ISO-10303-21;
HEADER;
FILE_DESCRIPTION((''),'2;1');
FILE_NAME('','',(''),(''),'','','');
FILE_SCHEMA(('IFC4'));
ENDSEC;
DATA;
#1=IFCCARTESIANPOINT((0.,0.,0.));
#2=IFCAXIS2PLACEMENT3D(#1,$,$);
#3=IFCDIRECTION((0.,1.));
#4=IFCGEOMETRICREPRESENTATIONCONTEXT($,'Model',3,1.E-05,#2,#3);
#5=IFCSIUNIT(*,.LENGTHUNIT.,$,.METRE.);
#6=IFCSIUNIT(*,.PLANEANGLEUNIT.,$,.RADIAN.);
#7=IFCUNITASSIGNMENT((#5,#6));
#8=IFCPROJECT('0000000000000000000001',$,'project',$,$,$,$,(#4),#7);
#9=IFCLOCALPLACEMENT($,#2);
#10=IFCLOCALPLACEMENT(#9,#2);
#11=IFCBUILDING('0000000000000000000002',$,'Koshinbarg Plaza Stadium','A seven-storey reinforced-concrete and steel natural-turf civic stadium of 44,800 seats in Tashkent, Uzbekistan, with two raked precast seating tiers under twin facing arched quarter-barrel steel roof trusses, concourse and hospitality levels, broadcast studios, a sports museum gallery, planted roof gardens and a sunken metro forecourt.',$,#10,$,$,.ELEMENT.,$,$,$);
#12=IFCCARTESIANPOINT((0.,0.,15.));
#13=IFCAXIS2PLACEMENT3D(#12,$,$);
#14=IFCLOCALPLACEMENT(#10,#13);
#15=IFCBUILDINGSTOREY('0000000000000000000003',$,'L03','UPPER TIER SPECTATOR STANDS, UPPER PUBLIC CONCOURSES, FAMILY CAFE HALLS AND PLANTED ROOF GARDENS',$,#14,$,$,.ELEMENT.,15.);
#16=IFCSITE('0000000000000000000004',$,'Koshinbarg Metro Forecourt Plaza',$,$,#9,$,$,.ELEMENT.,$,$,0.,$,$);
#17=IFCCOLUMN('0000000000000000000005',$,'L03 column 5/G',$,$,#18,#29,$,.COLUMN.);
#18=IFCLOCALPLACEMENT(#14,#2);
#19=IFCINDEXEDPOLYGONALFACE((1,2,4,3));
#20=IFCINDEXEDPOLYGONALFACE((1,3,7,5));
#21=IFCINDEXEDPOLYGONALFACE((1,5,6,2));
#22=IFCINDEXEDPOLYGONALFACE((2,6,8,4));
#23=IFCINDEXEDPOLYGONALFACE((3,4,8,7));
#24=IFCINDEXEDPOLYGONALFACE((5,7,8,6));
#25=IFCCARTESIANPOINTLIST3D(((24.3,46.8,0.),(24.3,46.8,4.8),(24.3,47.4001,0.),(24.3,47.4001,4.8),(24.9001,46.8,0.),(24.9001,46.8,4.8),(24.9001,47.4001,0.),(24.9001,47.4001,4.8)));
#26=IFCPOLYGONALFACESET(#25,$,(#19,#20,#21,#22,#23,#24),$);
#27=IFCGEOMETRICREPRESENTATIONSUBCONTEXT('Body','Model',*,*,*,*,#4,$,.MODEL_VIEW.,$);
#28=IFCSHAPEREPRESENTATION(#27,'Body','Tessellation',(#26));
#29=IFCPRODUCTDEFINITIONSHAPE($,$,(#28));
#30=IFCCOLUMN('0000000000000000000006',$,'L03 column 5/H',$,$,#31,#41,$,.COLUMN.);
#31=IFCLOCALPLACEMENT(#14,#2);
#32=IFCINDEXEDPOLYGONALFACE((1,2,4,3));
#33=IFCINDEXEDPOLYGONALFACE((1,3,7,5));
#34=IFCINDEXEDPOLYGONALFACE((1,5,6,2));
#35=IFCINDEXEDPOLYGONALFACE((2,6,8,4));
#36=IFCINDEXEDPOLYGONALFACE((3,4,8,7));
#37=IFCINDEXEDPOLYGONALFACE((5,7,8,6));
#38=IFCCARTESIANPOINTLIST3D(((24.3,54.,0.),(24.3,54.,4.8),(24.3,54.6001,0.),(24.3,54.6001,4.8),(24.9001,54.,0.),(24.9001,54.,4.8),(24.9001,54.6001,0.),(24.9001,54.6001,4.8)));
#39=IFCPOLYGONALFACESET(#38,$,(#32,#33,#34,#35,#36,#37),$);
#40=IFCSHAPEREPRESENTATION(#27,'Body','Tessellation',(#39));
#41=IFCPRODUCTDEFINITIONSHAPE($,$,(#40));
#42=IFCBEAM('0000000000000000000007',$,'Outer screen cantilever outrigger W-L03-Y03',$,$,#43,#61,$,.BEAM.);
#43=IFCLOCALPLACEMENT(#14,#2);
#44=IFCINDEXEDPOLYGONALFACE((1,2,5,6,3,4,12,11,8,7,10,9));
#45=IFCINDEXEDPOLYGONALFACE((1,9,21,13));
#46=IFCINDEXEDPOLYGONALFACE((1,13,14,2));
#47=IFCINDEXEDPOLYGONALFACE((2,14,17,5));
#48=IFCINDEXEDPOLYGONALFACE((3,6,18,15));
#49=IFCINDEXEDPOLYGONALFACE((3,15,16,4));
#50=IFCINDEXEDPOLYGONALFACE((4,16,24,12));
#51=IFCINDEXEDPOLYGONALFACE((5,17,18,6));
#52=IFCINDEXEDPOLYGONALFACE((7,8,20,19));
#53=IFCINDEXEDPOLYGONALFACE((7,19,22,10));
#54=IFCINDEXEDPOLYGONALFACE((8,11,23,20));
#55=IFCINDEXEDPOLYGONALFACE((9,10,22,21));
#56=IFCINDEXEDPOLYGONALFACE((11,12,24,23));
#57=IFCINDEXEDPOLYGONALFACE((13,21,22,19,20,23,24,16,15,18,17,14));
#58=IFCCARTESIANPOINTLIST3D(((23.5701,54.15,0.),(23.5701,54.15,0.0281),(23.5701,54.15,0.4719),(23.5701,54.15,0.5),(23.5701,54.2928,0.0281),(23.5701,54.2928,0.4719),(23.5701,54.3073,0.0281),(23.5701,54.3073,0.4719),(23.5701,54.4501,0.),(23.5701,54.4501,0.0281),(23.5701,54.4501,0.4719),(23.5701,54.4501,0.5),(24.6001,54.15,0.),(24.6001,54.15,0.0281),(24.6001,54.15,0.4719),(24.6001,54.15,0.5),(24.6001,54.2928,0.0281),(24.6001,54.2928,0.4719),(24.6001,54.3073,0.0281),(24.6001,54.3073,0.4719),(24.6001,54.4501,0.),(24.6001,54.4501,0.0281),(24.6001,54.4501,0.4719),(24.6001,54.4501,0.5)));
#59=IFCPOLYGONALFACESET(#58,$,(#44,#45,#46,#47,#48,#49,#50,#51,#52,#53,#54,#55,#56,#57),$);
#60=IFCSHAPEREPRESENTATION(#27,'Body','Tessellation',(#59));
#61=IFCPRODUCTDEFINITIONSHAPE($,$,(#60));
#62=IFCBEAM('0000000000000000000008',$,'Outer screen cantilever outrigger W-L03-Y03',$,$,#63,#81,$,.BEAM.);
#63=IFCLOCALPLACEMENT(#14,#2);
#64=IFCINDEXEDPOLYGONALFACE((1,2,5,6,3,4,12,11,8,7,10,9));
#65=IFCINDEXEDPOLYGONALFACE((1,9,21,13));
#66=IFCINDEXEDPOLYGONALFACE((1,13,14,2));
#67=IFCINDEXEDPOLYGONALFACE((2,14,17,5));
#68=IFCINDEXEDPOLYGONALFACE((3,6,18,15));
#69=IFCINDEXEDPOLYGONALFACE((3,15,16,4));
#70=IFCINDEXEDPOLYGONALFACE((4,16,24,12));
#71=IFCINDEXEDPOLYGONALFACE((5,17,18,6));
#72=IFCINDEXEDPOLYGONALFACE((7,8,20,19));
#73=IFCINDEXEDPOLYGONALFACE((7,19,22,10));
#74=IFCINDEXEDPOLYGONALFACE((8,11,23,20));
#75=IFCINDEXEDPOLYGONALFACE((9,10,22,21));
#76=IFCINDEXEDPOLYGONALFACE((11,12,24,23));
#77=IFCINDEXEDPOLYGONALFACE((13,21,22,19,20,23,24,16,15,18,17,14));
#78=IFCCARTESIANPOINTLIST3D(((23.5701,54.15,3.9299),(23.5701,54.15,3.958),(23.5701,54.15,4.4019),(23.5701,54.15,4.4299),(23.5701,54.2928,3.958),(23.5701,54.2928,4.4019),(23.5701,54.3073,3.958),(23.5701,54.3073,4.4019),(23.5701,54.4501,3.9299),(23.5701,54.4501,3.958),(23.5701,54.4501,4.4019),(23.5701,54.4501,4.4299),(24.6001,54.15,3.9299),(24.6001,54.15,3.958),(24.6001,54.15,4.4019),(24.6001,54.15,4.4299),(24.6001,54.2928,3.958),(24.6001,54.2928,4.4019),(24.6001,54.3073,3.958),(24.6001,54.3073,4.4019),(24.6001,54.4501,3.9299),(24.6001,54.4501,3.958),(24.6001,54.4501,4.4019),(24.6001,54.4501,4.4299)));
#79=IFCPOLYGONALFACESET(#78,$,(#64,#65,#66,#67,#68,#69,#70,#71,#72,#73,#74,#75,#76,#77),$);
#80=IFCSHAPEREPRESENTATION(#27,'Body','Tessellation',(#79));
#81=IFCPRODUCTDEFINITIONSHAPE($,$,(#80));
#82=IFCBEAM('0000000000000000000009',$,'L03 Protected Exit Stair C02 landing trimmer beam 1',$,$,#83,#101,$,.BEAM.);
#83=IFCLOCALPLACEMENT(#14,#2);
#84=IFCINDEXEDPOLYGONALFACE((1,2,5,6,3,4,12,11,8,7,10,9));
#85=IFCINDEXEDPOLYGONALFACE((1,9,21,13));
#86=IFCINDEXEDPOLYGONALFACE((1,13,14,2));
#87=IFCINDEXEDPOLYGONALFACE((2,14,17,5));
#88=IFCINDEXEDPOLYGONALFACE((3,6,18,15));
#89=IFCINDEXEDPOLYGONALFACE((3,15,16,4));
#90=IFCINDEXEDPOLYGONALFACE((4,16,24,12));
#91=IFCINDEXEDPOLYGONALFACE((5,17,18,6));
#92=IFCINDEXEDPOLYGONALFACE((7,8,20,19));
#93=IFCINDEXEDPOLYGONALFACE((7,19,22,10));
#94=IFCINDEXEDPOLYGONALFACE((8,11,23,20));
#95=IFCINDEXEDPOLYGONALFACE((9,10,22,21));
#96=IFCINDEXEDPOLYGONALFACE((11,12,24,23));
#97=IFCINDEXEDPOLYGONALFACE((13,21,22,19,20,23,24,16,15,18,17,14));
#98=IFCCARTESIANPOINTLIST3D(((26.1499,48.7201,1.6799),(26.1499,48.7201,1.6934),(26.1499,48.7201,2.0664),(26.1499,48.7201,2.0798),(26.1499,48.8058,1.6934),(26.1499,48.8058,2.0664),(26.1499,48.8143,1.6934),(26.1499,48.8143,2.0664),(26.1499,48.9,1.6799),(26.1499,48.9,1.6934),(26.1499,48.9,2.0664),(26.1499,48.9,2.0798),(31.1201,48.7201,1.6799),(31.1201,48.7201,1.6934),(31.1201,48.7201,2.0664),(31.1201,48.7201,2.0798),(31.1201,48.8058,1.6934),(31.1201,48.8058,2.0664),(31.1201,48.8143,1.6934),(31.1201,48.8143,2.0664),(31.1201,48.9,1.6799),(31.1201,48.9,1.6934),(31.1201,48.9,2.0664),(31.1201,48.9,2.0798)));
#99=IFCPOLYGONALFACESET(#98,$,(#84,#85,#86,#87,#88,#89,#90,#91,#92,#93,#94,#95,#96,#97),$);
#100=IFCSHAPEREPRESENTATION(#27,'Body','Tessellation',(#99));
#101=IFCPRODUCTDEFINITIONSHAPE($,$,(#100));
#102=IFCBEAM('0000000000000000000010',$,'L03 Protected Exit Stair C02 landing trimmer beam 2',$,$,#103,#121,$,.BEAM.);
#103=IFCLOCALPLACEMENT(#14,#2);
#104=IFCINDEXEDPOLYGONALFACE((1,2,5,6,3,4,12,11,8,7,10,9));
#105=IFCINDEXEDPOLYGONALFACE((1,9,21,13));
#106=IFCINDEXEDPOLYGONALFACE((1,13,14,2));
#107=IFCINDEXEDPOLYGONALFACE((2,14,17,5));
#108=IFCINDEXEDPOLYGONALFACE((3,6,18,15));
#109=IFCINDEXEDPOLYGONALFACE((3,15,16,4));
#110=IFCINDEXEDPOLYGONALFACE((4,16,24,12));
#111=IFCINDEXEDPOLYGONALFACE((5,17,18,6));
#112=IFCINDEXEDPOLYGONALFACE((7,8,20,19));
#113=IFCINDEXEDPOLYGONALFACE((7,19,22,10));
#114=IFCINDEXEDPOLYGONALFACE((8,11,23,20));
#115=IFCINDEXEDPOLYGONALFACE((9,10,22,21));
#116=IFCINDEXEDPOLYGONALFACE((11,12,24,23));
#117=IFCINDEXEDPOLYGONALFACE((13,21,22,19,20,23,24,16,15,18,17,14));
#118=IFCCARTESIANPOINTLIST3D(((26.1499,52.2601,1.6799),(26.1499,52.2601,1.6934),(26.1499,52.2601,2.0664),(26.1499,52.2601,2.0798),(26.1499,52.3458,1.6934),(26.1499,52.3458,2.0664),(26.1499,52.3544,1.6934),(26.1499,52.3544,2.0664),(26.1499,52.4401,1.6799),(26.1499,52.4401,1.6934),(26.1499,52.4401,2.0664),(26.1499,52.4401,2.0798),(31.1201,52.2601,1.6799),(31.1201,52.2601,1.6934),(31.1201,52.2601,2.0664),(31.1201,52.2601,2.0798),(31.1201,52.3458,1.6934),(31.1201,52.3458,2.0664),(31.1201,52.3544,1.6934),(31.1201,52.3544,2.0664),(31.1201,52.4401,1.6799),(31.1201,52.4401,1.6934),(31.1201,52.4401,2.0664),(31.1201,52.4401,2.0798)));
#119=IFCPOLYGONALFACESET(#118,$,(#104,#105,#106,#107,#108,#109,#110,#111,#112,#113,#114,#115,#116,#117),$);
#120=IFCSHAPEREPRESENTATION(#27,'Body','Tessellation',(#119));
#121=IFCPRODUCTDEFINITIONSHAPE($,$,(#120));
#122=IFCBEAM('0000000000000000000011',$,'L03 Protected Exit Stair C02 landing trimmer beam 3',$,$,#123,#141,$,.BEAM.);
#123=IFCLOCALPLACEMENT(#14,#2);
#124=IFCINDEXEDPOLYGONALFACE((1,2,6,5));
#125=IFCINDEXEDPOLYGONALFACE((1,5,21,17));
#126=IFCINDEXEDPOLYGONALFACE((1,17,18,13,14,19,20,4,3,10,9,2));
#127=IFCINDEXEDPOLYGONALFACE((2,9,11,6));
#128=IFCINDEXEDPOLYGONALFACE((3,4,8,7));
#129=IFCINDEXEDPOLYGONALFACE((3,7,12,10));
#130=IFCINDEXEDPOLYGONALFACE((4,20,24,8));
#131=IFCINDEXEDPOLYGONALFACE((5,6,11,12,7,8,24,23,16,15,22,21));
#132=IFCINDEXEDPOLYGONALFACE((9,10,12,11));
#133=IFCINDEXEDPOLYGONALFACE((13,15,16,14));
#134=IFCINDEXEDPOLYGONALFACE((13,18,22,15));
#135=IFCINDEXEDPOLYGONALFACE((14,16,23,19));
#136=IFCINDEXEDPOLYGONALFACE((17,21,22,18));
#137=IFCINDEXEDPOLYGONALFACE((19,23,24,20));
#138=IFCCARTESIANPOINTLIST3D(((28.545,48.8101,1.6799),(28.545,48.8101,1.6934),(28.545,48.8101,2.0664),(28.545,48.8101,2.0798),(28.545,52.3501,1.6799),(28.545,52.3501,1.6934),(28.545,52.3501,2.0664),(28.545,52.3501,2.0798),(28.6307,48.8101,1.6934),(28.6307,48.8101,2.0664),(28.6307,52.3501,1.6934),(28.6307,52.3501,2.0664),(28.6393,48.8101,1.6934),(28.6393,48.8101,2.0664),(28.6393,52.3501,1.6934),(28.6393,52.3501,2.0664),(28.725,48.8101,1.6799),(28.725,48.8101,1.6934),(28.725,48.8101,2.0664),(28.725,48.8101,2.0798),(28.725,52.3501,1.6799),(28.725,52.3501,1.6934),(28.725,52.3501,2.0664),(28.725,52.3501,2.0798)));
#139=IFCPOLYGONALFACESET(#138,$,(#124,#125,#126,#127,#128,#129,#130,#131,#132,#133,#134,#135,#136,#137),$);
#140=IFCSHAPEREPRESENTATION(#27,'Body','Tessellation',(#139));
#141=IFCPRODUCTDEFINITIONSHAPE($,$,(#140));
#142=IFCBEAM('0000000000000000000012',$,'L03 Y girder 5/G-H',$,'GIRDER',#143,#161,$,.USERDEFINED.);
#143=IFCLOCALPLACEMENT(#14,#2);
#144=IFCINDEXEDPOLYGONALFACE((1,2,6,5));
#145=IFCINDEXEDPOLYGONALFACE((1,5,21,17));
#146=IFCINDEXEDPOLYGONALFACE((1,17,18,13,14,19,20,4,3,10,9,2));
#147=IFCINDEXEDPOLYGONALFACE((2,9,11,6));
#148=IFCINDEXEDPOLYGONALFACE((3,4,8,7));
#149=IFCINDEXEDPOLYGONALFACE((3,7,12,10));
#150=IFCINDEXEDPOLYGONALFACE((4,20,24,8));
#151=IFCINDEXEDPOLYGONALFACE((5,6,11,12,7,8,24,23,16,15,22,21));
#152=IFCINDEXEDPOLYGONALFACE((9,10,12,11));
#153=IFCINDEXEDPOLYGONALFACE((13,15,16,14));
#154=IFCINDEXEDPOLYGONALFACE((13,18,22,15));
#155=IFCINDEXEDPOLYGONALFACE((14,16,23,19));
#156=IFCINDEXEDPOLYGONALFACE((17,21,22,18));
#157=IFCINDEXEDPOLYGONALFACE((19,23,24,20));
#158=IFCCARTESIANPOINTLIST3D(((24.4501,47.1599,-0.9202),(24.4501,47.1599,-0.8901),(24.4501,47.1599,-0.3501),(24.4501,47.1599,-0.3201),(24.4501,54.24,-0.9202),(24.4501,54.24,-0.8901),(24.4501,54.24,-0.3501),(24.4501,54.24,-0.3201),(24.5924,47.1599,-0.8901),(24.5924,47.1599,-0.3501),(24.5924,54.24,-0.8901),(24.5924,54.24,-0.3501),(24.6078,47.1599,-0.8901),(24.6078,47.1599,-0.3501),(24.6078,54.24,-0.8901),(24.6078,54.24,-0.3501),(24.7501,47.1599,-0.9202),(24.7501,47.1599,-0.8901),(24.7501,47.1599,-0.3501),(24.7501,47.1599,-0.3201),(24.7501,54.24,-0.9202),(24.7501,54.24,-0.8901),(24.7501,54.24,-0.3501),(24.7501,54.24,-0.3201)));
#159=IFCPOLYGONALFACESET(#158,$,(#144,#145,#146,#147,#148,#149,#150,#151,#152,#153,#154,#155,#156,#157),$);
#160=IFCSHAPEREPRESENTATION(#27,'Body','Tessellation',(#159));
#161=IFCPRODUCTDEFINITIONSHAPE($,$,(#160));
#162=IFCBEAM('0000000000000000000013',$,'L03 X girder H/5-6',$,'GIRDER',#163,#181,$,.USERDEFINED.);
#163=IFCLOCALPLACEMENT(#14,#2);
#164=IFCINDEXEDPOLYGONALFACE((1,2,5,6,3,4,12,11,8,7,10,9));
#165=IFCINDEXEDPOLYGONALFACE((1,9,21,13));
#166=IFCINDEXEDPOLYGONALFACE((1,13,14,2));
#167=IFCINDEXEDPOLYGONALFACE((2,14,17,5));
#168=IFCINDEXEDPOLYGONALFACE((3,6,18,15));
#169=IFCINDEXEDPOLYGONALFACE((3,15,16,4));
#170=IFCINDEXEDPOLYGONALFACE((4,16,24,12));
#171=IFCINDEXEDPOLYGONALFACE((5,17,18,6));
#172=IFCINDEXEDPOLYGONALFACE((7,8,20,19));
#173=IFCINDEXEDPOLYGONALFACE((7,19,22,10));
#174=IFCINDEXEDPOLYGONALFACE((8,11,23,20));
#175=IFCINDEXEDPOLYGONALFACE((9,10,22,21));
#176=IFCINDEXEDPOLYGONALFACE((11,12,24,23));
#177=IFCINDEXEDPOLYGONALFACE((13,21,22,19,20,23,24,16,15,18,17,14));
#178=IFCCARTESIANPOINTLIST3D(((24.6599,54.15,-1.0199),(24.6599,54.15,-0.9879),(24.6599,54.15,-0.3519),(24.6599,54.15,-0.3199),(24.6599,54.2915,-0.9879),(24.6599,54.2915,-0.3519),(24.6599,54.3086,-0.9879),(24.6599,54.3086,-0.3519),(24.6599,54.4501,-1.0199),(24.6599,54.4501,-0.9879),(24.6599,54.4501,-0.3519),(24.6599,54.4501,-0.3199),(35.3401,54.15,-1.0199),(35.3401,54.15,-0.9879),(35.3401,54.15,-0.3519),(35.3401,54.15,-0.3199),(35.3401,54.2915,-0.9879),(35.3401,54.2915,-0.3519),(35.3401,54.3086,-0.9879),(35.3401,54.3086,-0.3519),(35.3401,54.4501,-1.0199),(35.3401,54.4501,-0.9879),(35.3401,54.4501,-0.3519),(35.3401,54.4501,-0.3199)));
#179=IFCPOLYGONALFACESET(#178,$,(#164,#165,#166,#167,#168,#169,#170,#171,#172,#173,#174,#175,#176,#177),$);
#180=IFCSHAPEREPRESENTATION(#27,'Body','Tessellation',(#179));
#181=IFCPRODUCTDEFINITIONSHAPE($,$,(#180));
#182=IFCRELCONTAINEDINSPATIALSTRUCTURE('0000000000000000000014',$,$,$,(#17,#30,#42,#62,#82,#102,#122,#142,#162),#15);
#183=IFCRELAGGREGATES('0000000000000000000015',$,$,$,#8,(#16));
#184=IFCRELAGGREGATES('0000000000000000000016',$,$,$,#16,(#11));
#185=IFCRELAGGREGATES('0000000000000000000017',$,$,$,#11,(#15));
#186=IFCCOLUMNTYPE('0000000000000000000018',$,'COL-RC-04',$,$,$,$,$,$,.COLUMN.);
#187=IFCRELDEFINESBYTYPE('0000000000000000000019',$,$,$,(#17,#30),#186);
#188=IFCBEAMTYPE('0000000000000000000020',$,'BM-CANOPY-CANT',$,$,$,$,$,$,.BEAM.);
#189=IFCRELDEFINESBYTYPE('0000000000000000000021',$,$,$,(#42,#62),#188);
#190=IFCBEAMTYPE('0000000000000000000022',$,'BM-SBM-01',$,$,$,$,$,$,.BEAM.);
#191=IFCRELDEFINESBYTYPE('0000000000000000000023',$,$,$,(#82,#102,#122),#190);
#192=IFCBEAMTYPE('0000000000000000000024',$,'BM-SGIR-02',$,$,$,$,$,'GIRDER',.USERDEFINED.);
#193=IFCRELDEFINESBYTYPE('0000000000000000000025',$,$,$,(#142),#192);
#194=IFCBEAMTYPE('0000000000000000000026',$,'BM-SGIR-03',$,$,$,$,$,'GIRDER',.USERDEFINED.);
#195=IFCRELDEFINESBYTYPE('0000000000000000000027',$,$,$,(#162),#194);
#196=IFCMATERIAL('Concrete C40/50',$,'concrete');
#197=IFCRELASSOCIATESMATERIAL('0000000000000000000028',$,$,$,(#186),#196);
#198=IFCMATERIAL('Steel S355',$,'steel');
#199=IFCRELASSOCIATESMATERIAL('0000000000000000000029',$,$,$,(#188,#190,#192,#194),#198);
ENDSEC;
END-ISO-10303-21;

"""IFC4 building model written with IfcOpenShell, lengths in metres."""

from ifc_helpers import new_model, si_unit, direction, frame, origin, origin_2d, place, context, subcontext, project, spatial, rectangle, i_section, extrude, material, material_profile, profile_set, type_object, element, save


model = new_model("IFC4")

# Units and contexts
model_context = context("Model", 3, precision=1e-05, world=origin(), true_north=direction((0.0, 1.0)))
body_context = subcontext(model_context, "Body", "Model", "MODEL_VIEW")
ifc_project = project(units=[si_unit("LENGTHUNIT", "METRE"), si_unit("PLANEANGLEUNIT", "RADIAN")], contexts=[model_context])

# Site, building, storey
site_placement = place(None, origin())
site = spatial("IfcSite", under=ifc_project, at=site_placement, Name="Koshinbarg Metro Forecourt Plaza", CompositionType="ELEMENT", RefElevation=0.0)
building_placement = place(site_placement, origin())
building = spatial("IfcBuilding", under=site, at=building_placement, Name="Koshinbarg Plaza Stadium", Description="A seven-storey reinforced-concrete and steel natural-turf civic stadium of 44,800 seats in Tashkent, Uzbekistan, with two raked precast seating tiers under twin facing arched quarter-barrel steel roof trusses, concourse and hospitality levels, broadcast studios, a sports museum gallery, planted roof gardens and a sunken metro forecourt.", CompositionType="ELEMENT")
storey_placement = place(building_placement, frame((0.0, 0.0, 15.0)))
storey = spatial("IfcBuildingStorey", under=building, at=storey_placement, Name="L03", Description="UPPER TIER SPECTATOR STANDS, UPPER PUBLIC CONCOURSES, FAMILY CAFE HALLS AND PLANTED ROOF GARDENS", CompositionType="ELEMENT", Elevation=15.0)

# Columns
ifc_material_1 = material(Name="Concrete C40/50", Category="concrete")
ifc_material_profile_1 = material_profile(ifc_material_1, rectangle(XDim=0.6001, YDim=0.6001, at=origin_2d()), Name="RC 600x600")
ifc_profile_set_1 = profile_set([ifc_material_profile_1], Name="Concrete C40/50")
column_type = type_object("IfcColumnType", Name="COL-RC-04", PredefinedType="COLUMN", material=ifc_profile_set_1)
for number, where, z_axis, x_axis, name in (
    (1, (24.6001, 47.1001, 0.0), (0.0, 0.0, 1.0), (1.0, 0.0, 0.0), "L03 column 5/G"),
    (2, (24.6001, 54.3, 0.0), (0.0, 0.0, 1.0), (1.0, 0.0, 0.0), "L03 column 5/H"),
):
    element("IfcColumn", number, at=place(storey_placement, frame(where, z_axis=z_axis, x_axis=x_axis)), inside=storey, type_object=column_type, Name=name, PredefinedType="COLUMN", context=body_context, shape_type="SweptSolid", body=[
        extrude(rectangle(XDim=0.6001, YDim=0.6001, at=origin_2d()), origin(), (0.0, 0.0, 1.0), 4.8),
    ])

# Beams
ifc_material_2 = material(Name="Steel S355", Category="steel")
ifc_material_profile_2 = material_profile(ifc_material_2, i_section(OverallWidth=0.3, OverallDepth=0.5, WebThickness=0.0144, FlangeThickness=0.0281, at=origin_2d()), Name="HEB 500")
ifc_profile_set_2 = profile_set([ifc_material_profile_2], Name="Steel S355")
beam_type_1 = type_object("IfcBeamType", Name="BM-CANOPY-CANT", PredefinedType="BEAM", material=ifc_profile_set_2)
for number, where, z_axis, x_axis, name in (
    (3, (24.6001, 54.3, 0.25), (-1.0, 0.0, 0.0), (0.0, -1.0, 0.0), "Outer screen cantilever outrigger W-L03-Y03"),
    (4, (24.6001, 54.3, 4.1799), (-1.0, 0.0, 0.0), (0.0, -1.0, 0.0), "Outer screen cantilever outrigger W-L03-Y03"),
):
    element("IfcBeam", number, at=place(storey_placement, frame(where, z_axis=z_axis, x_axis=x_axis)), inside=storey, type_object=beam_type_1, Name=name, PredefinedType="BEAM", context=body_context, shape_type="SweptSolid", body=[
        extrude(i_section(OverallWidth=0.3, OverallDepth=0.5, WebThickness=0.0144, FlangeThickness=0.0281, at=origin_2d()), origin(), (0.0, 0.0, 1.0), 1.03),
    ])
ifc_material_profile_3 = material_profile(ifc_material_2, i_section(OverallWidth=0.1799, OverallDepth=0.3999, WebThickness=0.0085, FlangeThickness=0.0134, at=origin_2d()), Name="IPE 400")
ifc_profile_set_3 = profile_set([ifc_material_profile_3], Name="Steel S355")
beam_type_2 = type_object("IfcBeamType", Name="BM-SBM-01", PredefinedType="BEAM", material=ifc_profile_set_3)
for number, where, z_axis, x_axis, name in (
    (5, (26.1499, 48.8101, 1.8799), (1.0, 0.0, 0.0), (0.0, 1.0, 0.0), "L03 Protected Exit Stair C02 landing trimmer beam 1"),
    (6, (26.1499, 52.3501, 1.8799), (1.0, 0.0, 0.0), (0.0, 1.0, 0.0), "L03 Protected Exit Stair C02 landing trimmer beam 2"),
):
    element("IfcBeam", number, at=place(storey_placement, frame(where, z_axis=z_axis, x_axis=x_axis)), inside=storey, type_object=beam_type_2, Name=name, PredefinedType="BEAM", context=body_context, shape_type="SweptSolid", body=[
        extrude(i_section(OverallWidth=0.1799, OverallDepth=0.3999, WebThickness=0.0085, FlangeThickness=0.0134, at=origin_2d()), origin(), (0.0, 0.0, 1.0), 4.9702),
    ])
beam_1_placement = place(storey_placement, frame((28.635, 48.8101, 1.8799), z_axis=(0.0, 1.0, 0.0), x_axis=(-1.0, 0.0, 0.0)))
element("IfcBeam", 7, at=beam_1_placement, inside=storey, type_object=beam_type_2, Name="L03 Protected Exit Stair C02 landing trimmer beam 3", PredefinedType="BEAM", context=body_context, shape_type="SweptSolid", body=[
    extrude(i_section(OverallWidth=0.1799, OverallDepth=0.3999, WebThickness=0.0085, FlangeThickness=0.0134, at=origin_2d()), origin(), (0.0, 0.0, 1.0), 3.54),
])
ifc_material_profile_4 = material_profile(ifc_material_2, i_section(OverallWidth=0.3, OverallDepth=0.6001, WebThickness=0.0154, FlangeThickness=0.03, at=origin_2d()), Name="HEB 600")
ifc_profile_set_4 = profile_set([ifc_material_profile_4], Name="Steel S355")
beam_type_3 = type_object("IfcBeamType", Name="BM-SGIR-02", ElementType="GIRDER", PredefinedType="USERDEFINED", material=ifc_profile_set_4)
beam_2_placement = place(storey_placement, frame((24.6001, 47.1599, -0.6201), z_axis=(0.0, 1.0, 0.0), x_axis=(-1.0, 0.0, 0.0)))
element("IfcBeam", 8, at=beam_2_placement, inside=storey, type_object=beam_type_3, Name="L03 Y girder 5/G-H", ObjectType="GIRDER", PredefinedType="USERDEFINED", context=body_context, shape_type="SweptSolid", body=[
    extrude(i_section(OverallWidth=0.3, OverallDepth=0.6001, WebThickness=0.0154, FlangeThickness=0.03, at=origin_2d()), origin(), (0.0, 0.0, 1.0), 7.0801),
])
ifc_material_profile_5 = material_profile(ifc_material_2, i_section(OverallWidth=0.3, OverallDepth=0.7, WebThickness=0.0171, FlangeThickness=0.032, at=origin_2d()), Name="HEB 700")
ifc_profile_set_5 = profile_set([ifc_material_profile_5], Name="Steel S355")
beam_type_4 = type_object("IfcBeamType", Name="BM-SGIR-03", ElementType="GIRDER", PredefinedType="USERDEFINED", material=ifc_profile_set_5)
beam_3_placement = place(storey_placement, frame((24.6599, 54.3, -0.6699), z_axis=(1.0, 0.0, 0.0), x_axis=(0.0, 1.0, 0.0)))
element("IfcBeam", 9, at=beam_3_placement, inside=storey, type_object=beam_type_4, Name="L03 X girder H/5-6", ObjectType="GIRDER", PredefinedType="USERDEFINED", context=body_context, shape_type="SweptSolid", body=[
    extrude(i_section(OverallWidth=0.3, OverallDepth=0.7, WebThickness=0.0171, FlangeThickness=0.032, at=origin_2d()), origin(), (0.0, 0.0, 1.0), 10.6802),
])

save(model, "model.ifc")
